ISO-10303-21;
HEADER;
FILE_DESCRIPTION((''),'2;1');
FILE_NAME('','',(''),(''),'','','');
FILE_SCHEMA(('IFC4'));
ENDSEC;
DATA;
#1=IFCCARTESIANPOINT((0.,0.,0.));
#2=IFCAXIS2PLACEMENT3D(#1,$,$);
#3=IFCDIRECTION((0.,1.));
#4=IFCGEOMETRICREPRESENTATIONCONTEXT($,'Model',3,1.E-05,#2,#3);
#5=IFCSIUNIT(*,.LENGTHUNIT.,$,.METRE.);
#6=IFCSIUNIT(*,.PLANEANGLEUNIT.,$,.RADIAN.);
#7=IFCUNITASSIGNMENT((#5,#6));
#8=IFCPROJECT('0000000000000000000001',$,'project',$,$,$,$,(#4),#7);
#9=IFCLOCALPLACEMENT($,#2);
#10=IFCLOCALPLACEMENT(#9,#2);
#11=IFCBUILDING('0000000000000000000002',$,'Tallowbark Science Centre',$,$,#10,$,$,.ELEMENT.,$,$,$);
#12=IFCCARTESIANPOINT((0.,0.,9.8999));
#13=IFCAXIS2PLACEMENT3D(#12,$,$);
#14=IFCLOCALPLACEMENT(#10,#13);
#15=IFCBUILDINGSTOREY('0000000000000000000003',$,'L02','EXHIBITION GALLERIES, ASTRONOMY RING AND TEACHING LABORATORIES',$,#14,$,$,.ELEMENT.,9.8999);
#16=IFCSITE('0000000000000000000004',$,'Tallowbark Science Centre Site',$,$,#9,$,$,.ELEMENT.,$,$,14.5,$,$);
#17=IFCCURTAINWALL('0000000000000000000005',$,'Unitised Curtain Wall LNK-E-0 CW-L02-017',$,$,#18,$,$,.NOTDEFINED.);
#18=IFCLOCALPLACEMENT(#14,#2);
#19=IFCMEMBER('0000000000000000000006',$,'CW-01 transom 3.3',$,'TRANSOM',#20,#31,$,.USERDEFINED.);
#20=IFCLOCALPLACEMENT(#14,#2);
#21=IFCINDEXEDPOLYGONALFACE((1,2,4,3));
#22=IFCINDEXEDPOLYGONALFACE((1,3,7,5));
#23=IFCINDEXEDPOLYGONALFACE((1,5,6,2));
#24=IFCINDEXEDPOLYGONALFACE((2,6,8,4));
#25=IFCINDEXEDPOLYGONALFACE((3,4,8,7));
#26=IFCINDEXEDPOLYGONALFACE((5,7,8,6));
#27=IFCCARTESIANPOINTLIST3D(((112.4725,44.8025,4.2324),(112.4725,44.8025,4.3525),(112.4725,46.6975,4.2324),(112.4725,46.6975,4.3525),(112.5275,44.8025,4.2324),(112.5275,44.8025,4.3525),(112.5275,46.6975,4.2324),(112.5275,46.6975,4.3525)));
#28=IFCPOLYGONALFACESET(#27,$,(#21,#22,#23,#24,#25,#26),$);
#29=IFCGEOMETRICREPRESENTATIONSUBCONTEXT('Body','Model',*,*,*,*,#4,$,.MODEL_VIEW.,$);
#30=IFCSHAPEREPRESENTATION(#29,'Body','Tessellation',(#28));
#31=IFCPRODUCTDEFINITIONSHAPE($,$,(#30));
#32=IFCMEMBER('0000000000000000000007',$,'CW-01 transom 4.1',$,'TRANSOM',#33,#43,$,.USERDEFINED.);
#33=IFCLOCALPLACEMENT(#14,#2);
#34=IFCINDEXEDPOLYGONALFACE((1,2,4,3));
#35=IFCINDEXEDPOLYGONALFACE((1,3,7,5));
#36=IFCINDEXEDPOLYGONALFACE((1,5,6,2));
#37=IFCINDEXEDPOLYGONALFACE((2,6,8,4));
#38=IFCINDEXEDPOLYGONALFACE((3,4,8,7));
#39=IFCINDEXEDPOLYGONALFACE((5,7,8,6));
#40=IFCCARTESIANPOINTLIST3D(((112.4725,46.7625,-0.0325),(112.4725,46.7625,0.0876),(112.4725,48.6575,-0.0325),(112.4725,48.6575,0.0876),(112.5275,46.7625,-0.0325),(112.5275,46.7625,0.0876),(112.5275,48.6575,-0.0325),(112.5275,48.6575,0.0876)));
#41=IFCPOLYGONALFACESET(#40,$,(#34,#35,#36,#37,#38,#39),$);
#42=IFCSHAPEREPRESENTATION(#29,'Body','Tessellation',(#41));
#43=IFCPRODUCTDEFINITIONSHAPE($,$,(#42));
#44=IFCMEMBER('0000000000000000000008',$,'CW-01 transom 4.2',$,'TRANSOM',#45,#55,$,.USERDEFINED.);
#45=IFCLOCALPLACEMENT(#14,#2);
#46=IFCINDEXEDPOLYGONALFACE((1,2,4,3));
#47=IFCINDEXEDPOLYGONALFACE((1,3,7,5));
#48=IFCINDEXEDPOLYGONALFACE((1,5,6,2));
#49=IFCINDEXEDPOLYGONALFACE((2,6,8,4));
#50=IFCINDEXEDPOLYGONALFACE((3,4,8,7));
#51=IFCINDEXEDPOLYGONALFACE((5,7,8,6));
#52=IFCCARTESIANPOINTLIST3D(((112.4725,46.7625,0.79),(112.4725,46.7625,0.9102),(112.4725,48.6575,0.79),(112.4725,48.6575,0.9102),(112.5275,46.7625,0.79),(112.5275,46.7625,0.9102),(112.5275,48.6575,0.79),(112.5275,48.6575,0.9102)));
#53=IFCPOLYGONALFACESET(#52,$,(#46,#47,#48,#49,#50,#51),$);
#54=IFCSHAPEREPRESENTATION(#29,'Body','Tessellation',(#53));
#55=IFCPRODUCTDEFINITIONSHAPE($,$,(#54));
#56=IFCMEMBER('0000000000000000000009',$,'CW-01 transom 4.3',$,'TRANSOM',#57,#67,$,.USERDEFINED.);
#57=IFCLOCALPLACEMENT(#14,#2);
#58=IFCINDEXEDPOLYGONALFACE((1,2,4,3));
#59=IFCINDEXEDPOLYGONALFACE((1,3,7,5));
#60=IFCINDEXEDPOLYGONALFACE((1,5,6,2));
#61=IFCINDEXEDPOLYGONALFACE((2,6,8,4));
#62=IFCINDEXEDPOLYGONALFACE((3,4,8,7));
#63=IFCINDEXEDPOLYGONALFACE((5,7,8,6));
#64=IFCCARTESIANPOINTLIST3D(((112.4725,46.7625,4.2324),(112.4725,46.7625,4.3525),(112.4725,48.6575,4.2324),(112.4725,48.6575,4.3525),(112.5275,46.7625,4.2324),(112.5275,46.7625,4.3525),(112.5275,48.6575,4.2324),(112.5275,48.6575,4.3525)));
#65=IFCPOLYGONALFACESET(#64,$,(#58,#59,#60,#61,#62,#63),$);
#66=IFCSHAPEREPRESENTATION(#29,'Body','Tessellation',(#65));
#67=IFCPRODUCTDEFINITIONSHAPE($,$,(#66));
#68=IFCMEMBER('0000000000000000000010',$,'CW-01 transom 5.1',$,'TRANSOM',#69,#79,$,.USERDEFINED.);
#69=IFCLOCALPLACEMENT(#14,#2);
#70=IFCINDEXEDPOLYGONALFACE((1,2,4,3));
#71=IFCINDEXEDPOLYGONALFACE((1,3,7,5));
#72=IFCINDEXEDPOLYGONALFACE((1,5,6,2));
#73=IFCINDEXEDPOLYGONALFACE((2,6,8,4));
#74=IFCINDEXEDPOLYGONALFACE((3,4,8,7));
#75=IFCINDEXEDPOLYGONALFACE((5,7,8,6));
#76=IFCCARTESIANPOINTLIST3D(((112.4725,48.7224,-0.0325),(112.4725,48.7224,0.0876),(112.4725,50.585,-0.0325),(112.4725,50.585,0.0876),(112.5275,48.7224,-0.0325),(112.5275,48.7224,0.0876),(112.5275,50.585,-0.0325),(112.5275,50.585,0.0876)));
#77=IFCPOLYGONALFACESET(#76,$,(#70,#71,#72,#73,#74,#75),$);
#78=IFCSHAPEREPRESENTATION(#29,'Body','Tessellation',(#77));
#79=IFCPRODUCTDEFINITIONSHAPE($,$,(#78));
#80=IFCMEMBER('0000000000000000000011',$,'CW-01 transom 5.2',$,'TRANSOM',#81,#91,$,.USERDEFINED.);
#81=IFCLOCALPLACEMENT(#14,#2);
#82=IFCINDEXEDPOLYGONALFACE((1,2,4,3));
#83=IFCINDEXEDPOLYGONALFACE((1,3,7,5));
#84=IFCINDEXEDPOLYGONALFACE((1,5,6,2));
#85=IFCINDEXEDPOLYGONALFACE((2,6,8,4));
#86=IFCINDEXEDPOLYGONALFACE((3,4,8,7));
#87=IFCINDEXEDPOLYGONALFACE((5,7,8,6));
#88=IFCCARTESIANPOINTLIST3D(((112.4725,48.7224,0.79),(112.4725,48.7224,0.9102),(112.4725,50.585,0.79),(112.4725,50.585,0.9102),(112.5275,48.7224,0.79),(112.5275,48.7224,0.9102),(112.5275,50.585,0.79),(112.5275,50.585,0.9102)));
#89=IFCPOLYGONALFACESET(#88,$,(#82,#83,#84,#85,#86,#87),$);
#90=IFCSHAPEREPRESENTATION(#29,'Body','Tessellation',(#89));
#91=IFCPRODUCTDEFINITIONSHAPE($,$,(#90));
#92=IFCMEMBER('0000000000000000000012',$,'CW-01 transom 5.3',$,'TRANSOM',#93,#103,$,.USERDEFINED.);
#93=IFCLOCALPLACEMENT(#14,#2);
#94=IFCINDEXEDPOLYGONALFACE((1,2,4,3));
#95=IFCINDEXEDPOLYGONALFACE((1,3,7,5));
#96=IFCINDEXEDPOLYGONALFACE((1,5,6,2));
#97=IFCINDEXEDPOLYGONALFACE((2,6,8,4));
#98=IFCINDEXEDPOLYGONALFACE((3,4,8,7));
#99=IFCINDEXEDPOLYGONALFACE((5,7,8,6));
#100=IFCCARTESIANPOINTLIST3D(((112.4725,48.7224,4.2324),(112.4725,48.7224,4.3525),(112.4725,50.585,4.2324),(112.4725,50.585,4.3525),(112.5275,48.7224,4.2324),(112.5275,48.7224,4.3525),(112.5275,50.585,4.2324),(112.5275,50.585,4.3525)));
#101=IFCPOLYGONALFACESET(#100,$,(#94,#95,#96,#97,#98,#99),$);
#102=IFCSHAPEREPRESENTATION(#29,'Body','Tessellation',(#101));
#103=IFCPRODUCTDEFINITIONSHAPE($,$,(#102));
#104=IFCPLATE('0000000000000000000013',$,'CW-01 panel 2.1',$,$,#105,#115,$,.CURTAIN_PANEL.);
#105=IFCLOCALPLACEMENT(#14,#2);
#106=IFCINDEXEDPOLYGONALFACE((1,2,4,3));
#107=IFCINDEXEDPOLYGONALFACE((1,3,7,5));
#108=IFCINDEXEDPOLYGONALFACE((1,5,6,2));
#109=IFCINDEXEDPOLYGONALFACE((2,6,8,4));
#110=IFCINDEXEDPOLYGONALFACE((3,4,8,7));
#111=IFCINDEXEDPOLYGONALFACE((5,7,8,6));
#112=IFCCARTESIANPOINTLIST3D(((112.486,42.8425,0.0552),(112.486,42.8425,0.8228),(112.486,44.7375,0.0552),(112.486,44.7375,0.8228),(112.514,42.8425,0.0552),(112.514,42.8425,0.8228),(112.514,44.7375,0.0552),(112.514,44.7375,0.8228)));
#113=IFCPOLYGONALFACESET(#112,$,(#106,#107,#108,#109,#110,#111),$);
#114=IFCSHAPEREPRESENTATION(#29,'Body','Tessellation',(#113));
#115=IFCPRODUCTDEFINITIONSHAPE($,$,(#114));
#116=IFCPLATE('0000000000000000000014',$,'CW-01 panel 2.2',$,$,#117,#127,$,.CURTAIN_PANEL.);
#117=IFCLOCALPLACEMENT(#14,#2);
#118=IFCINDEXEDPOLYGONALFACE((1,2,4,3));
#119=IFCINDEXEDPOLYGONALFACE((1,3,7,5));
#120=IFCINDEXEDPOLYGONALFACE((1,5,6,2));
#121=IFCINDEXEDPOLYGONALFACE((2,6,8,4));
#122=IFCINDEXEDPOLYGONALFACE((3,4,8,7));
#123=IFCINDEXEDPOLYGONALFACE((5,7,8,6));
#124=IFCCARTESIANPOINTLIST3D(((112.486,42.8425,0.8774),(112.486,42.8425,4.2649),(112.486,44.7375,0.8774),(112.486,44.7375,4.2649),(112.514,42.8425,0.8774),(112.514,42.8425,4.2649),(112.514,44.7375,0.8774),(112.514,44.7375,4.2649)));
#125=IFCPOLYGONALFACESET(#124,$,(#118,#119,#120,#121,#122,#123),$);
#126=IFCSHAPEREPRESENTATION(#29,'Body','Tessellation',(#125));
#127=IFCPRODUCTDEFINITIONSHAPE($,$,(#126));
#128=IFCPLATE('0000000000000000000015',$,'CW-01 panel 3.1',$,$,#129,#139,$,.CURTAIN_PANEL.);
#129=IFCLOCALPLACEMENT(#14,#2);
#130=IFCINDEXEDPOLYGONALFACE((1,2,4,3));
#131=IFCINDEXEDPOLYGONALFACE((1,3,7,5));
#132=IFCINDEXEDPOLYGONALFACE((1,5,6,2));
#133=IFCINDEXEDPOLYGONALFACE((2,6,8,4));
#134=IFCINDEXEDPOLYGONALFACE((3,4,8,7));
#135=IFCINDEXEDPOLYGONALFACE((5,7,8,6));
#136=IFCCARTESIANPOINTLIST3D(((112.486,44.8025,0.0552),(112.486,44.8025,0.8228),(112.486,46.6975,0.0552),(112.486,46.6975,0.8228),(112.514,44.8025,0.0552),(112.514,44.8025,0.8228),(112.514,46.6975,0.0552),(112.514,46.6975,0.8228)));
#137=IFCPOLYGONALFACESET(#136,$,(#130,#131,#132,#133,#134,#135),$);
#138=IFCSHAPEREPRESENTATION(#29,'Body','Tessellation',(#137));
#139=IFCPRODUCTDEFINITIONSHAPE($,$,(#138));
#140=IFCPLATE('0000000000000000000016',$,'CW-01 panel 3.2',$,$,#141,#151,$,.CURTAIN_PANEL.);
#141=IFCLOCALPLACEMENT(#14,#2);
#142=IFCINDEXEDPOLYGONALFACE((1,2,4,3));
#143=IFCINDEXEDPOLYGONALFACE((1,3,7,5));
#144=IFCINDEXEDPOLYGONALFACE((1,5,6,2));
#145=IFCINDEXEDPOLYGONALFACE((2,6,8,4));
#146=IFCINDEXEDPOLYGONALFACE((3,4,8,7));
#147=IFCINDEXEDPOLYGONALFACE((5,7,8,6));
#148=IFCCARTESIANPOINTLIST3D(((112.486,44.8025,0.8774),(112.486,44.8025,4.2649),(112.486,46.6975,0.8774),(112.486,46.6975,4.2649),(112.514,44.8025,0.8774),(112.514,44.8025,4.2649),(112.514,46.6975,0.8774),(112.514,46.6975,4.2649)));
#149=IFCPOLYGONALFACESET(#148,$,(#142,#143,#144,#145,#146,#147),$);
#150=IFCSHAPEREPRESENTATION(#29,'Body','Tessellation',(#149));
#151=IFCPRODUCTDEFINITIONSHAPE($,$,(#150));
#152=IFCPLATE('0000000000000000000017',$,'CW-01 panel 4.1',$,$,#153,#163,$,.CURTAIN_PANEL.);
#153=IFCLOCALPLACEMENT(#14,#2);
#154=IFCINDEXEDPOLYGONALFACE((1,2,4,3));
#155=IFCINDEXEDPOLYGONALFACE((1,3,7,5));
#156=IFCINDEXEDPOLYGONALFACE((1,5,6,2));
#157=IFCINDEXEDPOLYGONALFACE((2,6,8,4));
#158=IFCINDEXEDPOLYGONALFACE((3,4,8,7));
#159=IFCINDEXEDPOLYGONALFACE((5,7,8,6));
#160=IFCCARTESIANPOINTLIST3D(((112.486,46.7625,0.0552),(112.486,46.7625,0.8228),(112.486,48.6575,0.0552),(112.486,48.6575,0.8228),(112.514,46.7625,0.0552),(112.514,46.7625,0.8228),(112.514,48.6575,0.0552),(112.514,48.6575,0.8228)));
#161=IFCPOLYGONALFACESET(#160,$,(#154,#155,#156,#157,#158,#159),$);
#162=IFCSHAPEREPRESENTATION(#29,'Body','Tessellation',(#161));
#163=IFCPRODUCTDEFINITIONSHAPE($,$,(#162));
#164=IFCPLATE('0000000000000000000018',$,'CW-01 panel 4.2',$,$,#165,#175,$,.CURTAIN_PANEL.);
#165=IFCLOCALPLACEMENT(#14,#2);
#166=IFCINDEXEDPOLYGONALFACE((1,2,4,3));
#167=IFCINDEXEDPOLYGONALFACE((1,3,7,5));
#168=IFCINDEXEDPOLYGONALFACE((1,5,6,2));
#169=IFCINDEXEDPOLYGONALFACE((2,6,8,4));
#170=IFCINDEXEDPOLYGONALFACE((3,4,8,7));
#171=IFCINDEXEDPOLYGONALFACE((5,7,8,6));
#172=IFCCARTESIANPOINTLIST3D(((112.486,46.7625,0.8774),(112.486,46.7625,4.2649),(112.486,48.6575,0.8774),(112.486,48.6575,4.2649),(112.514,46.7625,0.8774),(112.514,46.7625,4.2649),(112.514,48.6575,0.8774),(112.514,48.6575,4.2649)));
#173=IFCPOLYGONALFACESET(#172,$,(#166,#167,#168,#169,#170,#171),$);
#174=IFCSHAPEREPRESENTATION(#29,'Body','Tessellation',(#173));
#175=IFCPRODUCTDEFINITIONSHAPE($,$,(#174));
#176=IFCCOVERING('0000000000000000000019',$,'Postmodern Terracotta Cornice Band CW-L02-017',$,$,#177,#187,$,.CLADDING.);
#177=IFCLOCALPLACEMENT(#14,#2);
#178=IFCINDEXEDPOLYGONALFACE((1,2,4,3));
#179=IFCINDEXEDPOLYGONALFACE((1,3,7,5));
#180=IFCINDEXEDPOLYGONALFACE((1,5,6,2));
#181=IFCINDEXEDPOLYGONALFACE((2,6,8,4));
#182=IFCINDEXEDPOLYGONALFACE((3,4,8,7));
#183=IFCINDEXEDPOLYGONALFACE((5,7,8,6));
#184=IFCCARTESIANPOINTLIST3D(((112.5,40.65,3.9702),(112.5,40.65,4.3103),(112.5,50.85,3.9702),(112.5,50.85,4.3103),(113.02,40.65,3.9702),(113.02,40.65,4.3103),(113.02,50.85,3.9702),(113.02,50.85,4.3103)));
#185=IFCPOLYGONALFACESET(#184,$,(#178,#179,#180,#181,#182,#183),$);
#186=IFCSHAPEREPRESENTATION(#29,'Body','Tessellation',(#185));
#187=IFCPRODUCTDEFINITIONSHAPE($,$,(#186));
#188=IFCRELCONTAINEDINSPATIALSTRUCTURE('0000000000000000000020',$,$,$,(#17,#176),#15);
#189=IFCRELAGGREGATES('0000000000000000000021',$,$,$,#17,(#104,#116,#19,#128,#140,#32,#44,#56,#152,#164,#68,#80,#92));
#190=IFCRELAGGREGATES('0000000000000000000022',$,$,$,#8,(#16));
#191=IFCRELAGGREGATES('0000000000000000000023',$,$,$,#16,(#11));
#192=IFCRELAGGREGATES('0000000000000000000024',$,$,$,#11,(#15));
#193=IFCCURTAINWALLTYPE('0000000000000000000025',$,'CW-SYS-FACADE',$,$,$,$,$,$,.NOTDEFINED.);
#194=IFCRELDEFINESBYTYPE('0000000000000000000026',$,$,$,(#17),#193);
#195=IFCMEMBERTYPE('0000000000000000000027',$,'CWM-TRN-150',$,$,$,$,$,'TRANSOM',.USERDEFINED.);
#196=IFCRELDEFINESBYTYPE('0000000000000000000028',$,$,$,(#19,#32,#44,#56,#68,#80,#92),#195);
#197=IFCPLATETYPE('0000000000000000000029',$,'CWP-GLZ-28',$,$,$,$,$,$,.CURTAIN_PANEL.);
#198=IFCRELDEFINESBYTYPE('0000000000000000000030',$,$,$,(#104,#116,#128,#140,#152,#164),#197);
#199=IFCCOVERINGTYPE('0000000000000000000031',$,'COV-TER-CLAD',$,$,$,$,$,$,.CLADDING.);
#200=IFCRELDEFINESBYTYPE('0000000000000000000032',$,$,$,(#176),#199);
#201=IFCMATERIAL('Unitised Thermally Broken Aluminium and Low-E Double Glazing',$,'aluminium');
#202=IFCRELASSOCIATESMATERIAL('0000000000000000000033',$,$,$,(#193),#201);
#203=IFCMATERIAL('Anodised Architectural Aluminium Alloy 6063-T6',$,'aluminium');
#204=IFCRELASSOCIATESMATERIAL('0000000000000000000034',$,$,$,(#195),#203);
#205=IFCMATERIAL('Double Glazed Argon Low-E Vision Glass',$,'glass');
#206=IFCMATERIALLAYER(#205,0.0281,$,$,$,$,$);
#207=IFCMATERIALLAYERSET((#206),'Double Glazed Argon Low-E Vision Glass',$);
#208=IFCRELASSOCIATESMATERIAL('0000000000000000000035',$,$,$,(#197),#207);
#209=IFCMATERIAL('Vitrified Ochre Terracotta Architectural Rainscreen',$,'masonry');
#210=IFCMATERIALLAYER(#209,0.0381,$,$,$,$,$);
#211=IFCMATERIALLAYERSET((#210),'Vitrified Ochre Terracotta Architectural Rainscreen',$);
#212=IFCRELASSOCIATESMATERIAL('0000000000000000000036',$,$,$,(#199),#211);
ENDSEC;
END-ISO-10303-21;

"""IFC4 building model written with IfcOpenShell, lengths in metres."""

from ifc_helpers import new_model, si_unit, direction, frame, origin, origin_2d, place, context, subcontext, project, spatial, rectangle, extrude, material, layer, layer_set, material_profile, profile_set, type_object, element, aggregate, save


model = new_model("IFC4")

# Units and contexts
model_context = context("Model", 3, precision=1e-05, world=origin(), true_north=direction((0.0, 1.0)))
body_context = subcontext(model_context, "Body", "Model", "MODEL_VIEW")
ifc_project = project(units=[si_unit("LENGTHUNIT", "METRE"), si_unit("PLANEANGLEUNIT", "RADIAN")], contexts=[model_context])

# Site, building, storey
site_placement = place(None, origin())
site = spatial("IfcSite", under=ifc_project, at=site_placement, Name="Tallowbark Science Centre Site", CompositionType="ELEMENT", RefElevation=14.5)
building_placement = place(site_placement, origin())
building = spatial("IfcBuilding", under=site, at=building_placement, Name="Tallowbark Science Centre", CompositionType="ELEMENT")
storey_placement = place(building_placement, frame((0.0, 0.0, 9.8999)))
storey = spatial("IfcBuildingStorey", under=building, at=storey_placement, Name="L02", Description="EXHIBITION GALLERIES, ASTRONOMY RING AND TEACHING LABORATORIES", CompositionType="ELEMENT", Elevation=9.8999)

# Curtain wall, members, plates
ifc_material_1 = material(Name="Unitised Thermally Broken Aluminium and Low-E Double Glazing", Category="aluminium")
curtain_wall_type = type_object("IfcCurtainWallType", Name="CW-SYS-FACADE", PredefinedType="NOTDEFINED", material=ifc_material_1)
curtain_wall_placement = place(storey_placement, origin())
curtain_wall = element("IfcCurtainWall", 1, at=curtain_wall_placement, inside=storey, type_object=curtain_wall_type, Name="Unitised Curtain Wall LNK-E-0 CW-L02-017", PredefinedType="NOTDEFINED")
ifc_material_2 = material(Name="Anodised Architectural Aluminium Alloy 6063-T6", Category="aluminium")
ifc_material_profile_1 = material_profile(ifc_material_2, rectangle(XDim=0.0549, YDim=0.1201, at=origin_2d()), Name="ALU55x120")
ifc_profile_set_1 = profile_set([ifc_material_profile_1], Name="Anodised Architectural Aluminium Alloy 6063-T6")
member_type_1 = type_object("IfcMemberType", Name="CWM-TRN-150", ElementType="TRANSOM", PredefinedType="USERDEFINED", material=ifc_profile_set_1)
member_1_placement = place(storey_placement, frame((112.5, 44.8025, 4.2925), z_axis=(0.0, 1.0, 0.0), x_axis=(-1.0, 0.0, 0.0)))
member_1 = element("IfcMember", 2, at=member_1_placement, type_object=member_type_1, Name="CW-01 transom 3.3", ObjectType="TRANSOM", PredefinedType="USERDEFINED", context=body_context, shape_type="SweptSolid", body=[
    extrude(rectangle(XDim=0.0549, YDim=0.1201, at=origin_2d()), origin(), (0.0, 0.0, 1.0), 1.895),
])
member_2_placement = place(storey_placement, frame((112.5, 46.7625, 0.0276), z_axis=(0.0, 1.0, 0.0), x_axis=(-1.0, 0.0, 0.0)))
member_2 = element("IfcMember", 3, at=member_2_placement, type_object=member_type_1, Name="CW-01 transom 4.1", ObjectType="TRANSOM", PredefinedType="USERDEFINED", context=body_context, shape_type="SweptSolid", body=[
    extrude(rectangle(XDim=0.0549, YDim=0.1201, at=origin_2d()), origin(), (0.0, 0.0, 1.0), 1.895),
])
member_3_placement = place(storey_placement, frame((112.5, 46.7625, 0.8501), z_axis=(0.0, 1.0, 0.0), x_axis=(-1.0, 0.0, 0.0)))
member_3 = element("IfcMember", 4, at=member_3_placement, type_object=member_type_1, Name="CW-01 transom 4.2", ObjectType="TRANSOM", PredefinedType="USERDEFINED", context=body_context, shape_type="SweptSolid", body=[
    extrude(rectangle(XDim=0.0549, YDim=0.1201, at=origin_2d()), origin(), (0.0, 0.0, 1.0), 1.895),
])
member_4_placement = place(storey_placement, frame((112.5, 46.7625, 4.2925), z_axis=(0.0, 1.0, 0.0), x_axis=(-1.0, 0.0, 0.0)))
member_4 = element("IfcMember", 5, at=member_4_placement, type_object=member_type_1, Name="CW-01 transom 4.3", ObjectType="TRANSOM", PredefinedType="USERDEFINED", context=body_context, shape_type="SweptSolid", body=[
    extrude(rectangle(XDim=0.0549, YDim=0.1201, at=origin_2d()), origin(), (0.0, 0.0, 1.0), 1.895),
])
member_5_placement = place(storey_placement, frame((112.5, 48.7224, 0.0276), z_axis=(0.0, 1.0, 0.0), x_axis=(-1.0, 0.0, 0.0)))
member_5 = element("IfcMember", 6, at=member_5_placement, type_object=member_type_1, Name="CW-01 transom 5.1", ObjectType="TRANSOM", PredefinedType="USERDEFINED", context=body_context, shape_type="SweptSolid", body=[
    extrude(rectangle(XDim=0.0549, YDim=0.1201, at=origin_2d()), origin(), (0.0, 0.0, 1.0), 1.8625),
])
member_6_placement = place(storey_placement, frame((112.5, 48.7224, 0.8501), z_axis=(0.0, 1.0, 0.0), x_axis=(-1.0, 0.0, 0.0)))
member_6 = element("IfcMember", 7, at=member_6_placement, type_object=member_type_1, Name="CW-01 transom 5.2", ObjectType="TRANSOM", PredefinedType="USERDEFINED", context=body_context, shape_type="SweptSolid", body=[
    extrude(rectangle(XDim=0.0549, YDim=0.1201, at=origin_2d()), origin(), (0.0, 0.0, 1.0), 1.8625),
])
member_7_placement = place(storey_placement, frame((112.5, 48.7224, 4.2925), z_axis=(0.0, 1.0, 0.0), x_axis=(-1.0, 0.0, 0.0)))
member_7 = element("IfcMember", 8, at=member_7_placement, type_object=member_type_1, Name="CW-01 transom 5.3", ObjectType="TRANSOM", PredefinedType="USERDEFINED", context=body_context, shape_type="SweptSolid", body=[
    extrude(rectangle(XDim=0.0549, YDim=0.1201, at=origin_2d()), origin(), (0.0, 0.0, 1.0), 1.8625),
])
ifc_material_3 = material(Name="Double Glazed Argon Low-E Vision Glass", Category="glass")
ifc_layer_1 = layer(ifc_material_3, 0.0281)
ifc_layer_set_1 = layer_set([ifc_layer_1], Name="Double Glazed Argon Low-E Vision Glass")
plate_type = type_object("IfcPlateType", Name="CWP-GLZ-28", PredefinedType="CURTAIN_PANEL", material=ifc_layer_set_1)
plate_1_placement = place(storey_placement, frame((112.5, 43.79, 0.0552), z_axis=(0.0, 0.0, 1.0), x_axis=(0.0, 1.0, 0.0)))
plate_1 = element("IfcPlate", 9, at=plate_1_placement, type_object=plate_type, Name="CW-01 panel 2.1", PredefinedType="CURTAIN_PANEL", context=body_context, shape_type="SweptSolid", body=[
    extrude(rectangle(XDim=1.895, YDim=0.0281, at=origin_2d()), origin(), (0.0, 0.0, 1.0), 0.7676),
])
plate_2_placement = place(storey_placement, frame((112.5, 43.79, 0.8774), z_axis=(0.0, 0.0, 1.0), x_axis=(0.0, 1.0, 0.0)))
plate_2 = element("IfcPlate", 10, at=plate_2_placement, type_object=plate_type, Name="CW-01 panel 2.2", PredefinedType="CURTAIN_PANEL", context=body_context, shape_type="SweptSolid", body=[
    extrude(rectangle(XDim=1.895, YDim=0.0281, at=origin_2d()), origin(), (0.0, 0.0, 1.0), 3.3875),
])
plate_3_placement = place(storey_placement, frame((112.5, 45.75, 0.0552), z_axis=(0.0, 0.0, 1.0), x_axis=(0.0, 1.0, 0.0)))
plate_3 = element("IfcPlate", 11, at=plate_3_placement, type_object=plate_type, Name="CW-01 panel 3.1", PredefinedType="CURTAIN_PANEL", context=body_context, shape_type="SweptSolid", body=[
    extrude(rectangle(XDim=1.895, YDim=0.0281, at=origin_2d()), origin(), (0.0, 0.0, 1.0), 0.7676),
])
plate_4_placement = place(storey_placement, frame((112.5, 45.75, 0.8774), z_axis=(0.0, 0.0, 1.0), x_axis=(0.0, 1.0, 0.0)))
plate_4 = element("IfcPlate", 12, at=plate_4_placement, type_object=plate_type, Name="CW-01 panel 3.2", PredefinedType="CURTAIN_PANEL", context=body_context, shape_type="SweptSolid", body=[
    extrude(rectangle(XDim=1.895, YDim=0.0281, at=origin_2d()), origin(), (0.0, 0.0, 1.0), 3.3875),
])
plate_5_placement = place(storey_placement, frame((112.5, 47.71, 0.0552), z_axis=(0.0, 0.0, 1.0), x_axis=(0.0, 1.0, 0.0)))
plate_5 = element("IfcPlate", 13, at=plate_5_placement, type_object=plate_type, Name="CW-01 panel 4.1", PredefinedType="CURTAIN_PANEL", context=body_context, shape_type="SweptSolid", body=[
    extrude(rectangle(XDim=1.895, YDim=0.0281, at=origin_2d()), origin(), (0.0, 0.0, 1.0), 0.7676),
])
plate_6_placement = place(storey_placement, frame((112.5, 47.71, 0.8774), z_axis=(0.0, 0.0, 1.0), x_axis=(0.0, 1.0, 0.0)))
plate_6 = element("IfcPlate", 14, at=plate_6_placement, type_object=plate_type, Name="CW-01 panel 4.2", PredefinedType="CURTAIN_PANEL", context=body_context, shape_type="SweptSolid", body=[
    extrude(rectangle(XDim=1.895, YDim=0.0281, at=origin_2d()), origin(), (0.0, 0.0, 1.0), 3.3875),
])
aggregate(curtain_wall, [plate_1, plate_2, member_1, plate_3, plate_4, member_2, member_3, member_4, plate_5, plate_6, member_5, member_6, member_7])

# Covering
ifc_material_4 = material(Name="Vitrified Ochre Terracotta Architectural Rainscreen", Category="masonry")
ifc_layer_2 = layer(ifc_material_4, 0.0381)
ifc_layer_set_2 = layer_set([ifc_layer_2], Name="Vitrified Ochre Terracotta Architectural Rainscreen")
covering_type = type_object("IfcCoveringType", Name="COV-TER-CLAD", PredefinedType="CLADDING", material=ifc_layer_set_2)
covering_placement = place(storey_placement, frame((112.76, 45.75, 3.9702), z_axis=(0.0, 0.0, 1.0), x_axis=(0.0, 1.0, 0.0)))
element("IfcCovering", 15, at=covering_placement, inside=storey, type_object=covering_type, Name="Postmodern Terracotta Cornice Band CW-L02-017", PredefinedType="CLADDING", context=body_context, shape_type="SweptSolid", body=[
    extrude(rectangle(XDim=10.2, YDim=0.52, at=origin_2d()), origin(), (0.0, 0.0, 1.0), 0.3401),
])

save(model, "model.ifc")
